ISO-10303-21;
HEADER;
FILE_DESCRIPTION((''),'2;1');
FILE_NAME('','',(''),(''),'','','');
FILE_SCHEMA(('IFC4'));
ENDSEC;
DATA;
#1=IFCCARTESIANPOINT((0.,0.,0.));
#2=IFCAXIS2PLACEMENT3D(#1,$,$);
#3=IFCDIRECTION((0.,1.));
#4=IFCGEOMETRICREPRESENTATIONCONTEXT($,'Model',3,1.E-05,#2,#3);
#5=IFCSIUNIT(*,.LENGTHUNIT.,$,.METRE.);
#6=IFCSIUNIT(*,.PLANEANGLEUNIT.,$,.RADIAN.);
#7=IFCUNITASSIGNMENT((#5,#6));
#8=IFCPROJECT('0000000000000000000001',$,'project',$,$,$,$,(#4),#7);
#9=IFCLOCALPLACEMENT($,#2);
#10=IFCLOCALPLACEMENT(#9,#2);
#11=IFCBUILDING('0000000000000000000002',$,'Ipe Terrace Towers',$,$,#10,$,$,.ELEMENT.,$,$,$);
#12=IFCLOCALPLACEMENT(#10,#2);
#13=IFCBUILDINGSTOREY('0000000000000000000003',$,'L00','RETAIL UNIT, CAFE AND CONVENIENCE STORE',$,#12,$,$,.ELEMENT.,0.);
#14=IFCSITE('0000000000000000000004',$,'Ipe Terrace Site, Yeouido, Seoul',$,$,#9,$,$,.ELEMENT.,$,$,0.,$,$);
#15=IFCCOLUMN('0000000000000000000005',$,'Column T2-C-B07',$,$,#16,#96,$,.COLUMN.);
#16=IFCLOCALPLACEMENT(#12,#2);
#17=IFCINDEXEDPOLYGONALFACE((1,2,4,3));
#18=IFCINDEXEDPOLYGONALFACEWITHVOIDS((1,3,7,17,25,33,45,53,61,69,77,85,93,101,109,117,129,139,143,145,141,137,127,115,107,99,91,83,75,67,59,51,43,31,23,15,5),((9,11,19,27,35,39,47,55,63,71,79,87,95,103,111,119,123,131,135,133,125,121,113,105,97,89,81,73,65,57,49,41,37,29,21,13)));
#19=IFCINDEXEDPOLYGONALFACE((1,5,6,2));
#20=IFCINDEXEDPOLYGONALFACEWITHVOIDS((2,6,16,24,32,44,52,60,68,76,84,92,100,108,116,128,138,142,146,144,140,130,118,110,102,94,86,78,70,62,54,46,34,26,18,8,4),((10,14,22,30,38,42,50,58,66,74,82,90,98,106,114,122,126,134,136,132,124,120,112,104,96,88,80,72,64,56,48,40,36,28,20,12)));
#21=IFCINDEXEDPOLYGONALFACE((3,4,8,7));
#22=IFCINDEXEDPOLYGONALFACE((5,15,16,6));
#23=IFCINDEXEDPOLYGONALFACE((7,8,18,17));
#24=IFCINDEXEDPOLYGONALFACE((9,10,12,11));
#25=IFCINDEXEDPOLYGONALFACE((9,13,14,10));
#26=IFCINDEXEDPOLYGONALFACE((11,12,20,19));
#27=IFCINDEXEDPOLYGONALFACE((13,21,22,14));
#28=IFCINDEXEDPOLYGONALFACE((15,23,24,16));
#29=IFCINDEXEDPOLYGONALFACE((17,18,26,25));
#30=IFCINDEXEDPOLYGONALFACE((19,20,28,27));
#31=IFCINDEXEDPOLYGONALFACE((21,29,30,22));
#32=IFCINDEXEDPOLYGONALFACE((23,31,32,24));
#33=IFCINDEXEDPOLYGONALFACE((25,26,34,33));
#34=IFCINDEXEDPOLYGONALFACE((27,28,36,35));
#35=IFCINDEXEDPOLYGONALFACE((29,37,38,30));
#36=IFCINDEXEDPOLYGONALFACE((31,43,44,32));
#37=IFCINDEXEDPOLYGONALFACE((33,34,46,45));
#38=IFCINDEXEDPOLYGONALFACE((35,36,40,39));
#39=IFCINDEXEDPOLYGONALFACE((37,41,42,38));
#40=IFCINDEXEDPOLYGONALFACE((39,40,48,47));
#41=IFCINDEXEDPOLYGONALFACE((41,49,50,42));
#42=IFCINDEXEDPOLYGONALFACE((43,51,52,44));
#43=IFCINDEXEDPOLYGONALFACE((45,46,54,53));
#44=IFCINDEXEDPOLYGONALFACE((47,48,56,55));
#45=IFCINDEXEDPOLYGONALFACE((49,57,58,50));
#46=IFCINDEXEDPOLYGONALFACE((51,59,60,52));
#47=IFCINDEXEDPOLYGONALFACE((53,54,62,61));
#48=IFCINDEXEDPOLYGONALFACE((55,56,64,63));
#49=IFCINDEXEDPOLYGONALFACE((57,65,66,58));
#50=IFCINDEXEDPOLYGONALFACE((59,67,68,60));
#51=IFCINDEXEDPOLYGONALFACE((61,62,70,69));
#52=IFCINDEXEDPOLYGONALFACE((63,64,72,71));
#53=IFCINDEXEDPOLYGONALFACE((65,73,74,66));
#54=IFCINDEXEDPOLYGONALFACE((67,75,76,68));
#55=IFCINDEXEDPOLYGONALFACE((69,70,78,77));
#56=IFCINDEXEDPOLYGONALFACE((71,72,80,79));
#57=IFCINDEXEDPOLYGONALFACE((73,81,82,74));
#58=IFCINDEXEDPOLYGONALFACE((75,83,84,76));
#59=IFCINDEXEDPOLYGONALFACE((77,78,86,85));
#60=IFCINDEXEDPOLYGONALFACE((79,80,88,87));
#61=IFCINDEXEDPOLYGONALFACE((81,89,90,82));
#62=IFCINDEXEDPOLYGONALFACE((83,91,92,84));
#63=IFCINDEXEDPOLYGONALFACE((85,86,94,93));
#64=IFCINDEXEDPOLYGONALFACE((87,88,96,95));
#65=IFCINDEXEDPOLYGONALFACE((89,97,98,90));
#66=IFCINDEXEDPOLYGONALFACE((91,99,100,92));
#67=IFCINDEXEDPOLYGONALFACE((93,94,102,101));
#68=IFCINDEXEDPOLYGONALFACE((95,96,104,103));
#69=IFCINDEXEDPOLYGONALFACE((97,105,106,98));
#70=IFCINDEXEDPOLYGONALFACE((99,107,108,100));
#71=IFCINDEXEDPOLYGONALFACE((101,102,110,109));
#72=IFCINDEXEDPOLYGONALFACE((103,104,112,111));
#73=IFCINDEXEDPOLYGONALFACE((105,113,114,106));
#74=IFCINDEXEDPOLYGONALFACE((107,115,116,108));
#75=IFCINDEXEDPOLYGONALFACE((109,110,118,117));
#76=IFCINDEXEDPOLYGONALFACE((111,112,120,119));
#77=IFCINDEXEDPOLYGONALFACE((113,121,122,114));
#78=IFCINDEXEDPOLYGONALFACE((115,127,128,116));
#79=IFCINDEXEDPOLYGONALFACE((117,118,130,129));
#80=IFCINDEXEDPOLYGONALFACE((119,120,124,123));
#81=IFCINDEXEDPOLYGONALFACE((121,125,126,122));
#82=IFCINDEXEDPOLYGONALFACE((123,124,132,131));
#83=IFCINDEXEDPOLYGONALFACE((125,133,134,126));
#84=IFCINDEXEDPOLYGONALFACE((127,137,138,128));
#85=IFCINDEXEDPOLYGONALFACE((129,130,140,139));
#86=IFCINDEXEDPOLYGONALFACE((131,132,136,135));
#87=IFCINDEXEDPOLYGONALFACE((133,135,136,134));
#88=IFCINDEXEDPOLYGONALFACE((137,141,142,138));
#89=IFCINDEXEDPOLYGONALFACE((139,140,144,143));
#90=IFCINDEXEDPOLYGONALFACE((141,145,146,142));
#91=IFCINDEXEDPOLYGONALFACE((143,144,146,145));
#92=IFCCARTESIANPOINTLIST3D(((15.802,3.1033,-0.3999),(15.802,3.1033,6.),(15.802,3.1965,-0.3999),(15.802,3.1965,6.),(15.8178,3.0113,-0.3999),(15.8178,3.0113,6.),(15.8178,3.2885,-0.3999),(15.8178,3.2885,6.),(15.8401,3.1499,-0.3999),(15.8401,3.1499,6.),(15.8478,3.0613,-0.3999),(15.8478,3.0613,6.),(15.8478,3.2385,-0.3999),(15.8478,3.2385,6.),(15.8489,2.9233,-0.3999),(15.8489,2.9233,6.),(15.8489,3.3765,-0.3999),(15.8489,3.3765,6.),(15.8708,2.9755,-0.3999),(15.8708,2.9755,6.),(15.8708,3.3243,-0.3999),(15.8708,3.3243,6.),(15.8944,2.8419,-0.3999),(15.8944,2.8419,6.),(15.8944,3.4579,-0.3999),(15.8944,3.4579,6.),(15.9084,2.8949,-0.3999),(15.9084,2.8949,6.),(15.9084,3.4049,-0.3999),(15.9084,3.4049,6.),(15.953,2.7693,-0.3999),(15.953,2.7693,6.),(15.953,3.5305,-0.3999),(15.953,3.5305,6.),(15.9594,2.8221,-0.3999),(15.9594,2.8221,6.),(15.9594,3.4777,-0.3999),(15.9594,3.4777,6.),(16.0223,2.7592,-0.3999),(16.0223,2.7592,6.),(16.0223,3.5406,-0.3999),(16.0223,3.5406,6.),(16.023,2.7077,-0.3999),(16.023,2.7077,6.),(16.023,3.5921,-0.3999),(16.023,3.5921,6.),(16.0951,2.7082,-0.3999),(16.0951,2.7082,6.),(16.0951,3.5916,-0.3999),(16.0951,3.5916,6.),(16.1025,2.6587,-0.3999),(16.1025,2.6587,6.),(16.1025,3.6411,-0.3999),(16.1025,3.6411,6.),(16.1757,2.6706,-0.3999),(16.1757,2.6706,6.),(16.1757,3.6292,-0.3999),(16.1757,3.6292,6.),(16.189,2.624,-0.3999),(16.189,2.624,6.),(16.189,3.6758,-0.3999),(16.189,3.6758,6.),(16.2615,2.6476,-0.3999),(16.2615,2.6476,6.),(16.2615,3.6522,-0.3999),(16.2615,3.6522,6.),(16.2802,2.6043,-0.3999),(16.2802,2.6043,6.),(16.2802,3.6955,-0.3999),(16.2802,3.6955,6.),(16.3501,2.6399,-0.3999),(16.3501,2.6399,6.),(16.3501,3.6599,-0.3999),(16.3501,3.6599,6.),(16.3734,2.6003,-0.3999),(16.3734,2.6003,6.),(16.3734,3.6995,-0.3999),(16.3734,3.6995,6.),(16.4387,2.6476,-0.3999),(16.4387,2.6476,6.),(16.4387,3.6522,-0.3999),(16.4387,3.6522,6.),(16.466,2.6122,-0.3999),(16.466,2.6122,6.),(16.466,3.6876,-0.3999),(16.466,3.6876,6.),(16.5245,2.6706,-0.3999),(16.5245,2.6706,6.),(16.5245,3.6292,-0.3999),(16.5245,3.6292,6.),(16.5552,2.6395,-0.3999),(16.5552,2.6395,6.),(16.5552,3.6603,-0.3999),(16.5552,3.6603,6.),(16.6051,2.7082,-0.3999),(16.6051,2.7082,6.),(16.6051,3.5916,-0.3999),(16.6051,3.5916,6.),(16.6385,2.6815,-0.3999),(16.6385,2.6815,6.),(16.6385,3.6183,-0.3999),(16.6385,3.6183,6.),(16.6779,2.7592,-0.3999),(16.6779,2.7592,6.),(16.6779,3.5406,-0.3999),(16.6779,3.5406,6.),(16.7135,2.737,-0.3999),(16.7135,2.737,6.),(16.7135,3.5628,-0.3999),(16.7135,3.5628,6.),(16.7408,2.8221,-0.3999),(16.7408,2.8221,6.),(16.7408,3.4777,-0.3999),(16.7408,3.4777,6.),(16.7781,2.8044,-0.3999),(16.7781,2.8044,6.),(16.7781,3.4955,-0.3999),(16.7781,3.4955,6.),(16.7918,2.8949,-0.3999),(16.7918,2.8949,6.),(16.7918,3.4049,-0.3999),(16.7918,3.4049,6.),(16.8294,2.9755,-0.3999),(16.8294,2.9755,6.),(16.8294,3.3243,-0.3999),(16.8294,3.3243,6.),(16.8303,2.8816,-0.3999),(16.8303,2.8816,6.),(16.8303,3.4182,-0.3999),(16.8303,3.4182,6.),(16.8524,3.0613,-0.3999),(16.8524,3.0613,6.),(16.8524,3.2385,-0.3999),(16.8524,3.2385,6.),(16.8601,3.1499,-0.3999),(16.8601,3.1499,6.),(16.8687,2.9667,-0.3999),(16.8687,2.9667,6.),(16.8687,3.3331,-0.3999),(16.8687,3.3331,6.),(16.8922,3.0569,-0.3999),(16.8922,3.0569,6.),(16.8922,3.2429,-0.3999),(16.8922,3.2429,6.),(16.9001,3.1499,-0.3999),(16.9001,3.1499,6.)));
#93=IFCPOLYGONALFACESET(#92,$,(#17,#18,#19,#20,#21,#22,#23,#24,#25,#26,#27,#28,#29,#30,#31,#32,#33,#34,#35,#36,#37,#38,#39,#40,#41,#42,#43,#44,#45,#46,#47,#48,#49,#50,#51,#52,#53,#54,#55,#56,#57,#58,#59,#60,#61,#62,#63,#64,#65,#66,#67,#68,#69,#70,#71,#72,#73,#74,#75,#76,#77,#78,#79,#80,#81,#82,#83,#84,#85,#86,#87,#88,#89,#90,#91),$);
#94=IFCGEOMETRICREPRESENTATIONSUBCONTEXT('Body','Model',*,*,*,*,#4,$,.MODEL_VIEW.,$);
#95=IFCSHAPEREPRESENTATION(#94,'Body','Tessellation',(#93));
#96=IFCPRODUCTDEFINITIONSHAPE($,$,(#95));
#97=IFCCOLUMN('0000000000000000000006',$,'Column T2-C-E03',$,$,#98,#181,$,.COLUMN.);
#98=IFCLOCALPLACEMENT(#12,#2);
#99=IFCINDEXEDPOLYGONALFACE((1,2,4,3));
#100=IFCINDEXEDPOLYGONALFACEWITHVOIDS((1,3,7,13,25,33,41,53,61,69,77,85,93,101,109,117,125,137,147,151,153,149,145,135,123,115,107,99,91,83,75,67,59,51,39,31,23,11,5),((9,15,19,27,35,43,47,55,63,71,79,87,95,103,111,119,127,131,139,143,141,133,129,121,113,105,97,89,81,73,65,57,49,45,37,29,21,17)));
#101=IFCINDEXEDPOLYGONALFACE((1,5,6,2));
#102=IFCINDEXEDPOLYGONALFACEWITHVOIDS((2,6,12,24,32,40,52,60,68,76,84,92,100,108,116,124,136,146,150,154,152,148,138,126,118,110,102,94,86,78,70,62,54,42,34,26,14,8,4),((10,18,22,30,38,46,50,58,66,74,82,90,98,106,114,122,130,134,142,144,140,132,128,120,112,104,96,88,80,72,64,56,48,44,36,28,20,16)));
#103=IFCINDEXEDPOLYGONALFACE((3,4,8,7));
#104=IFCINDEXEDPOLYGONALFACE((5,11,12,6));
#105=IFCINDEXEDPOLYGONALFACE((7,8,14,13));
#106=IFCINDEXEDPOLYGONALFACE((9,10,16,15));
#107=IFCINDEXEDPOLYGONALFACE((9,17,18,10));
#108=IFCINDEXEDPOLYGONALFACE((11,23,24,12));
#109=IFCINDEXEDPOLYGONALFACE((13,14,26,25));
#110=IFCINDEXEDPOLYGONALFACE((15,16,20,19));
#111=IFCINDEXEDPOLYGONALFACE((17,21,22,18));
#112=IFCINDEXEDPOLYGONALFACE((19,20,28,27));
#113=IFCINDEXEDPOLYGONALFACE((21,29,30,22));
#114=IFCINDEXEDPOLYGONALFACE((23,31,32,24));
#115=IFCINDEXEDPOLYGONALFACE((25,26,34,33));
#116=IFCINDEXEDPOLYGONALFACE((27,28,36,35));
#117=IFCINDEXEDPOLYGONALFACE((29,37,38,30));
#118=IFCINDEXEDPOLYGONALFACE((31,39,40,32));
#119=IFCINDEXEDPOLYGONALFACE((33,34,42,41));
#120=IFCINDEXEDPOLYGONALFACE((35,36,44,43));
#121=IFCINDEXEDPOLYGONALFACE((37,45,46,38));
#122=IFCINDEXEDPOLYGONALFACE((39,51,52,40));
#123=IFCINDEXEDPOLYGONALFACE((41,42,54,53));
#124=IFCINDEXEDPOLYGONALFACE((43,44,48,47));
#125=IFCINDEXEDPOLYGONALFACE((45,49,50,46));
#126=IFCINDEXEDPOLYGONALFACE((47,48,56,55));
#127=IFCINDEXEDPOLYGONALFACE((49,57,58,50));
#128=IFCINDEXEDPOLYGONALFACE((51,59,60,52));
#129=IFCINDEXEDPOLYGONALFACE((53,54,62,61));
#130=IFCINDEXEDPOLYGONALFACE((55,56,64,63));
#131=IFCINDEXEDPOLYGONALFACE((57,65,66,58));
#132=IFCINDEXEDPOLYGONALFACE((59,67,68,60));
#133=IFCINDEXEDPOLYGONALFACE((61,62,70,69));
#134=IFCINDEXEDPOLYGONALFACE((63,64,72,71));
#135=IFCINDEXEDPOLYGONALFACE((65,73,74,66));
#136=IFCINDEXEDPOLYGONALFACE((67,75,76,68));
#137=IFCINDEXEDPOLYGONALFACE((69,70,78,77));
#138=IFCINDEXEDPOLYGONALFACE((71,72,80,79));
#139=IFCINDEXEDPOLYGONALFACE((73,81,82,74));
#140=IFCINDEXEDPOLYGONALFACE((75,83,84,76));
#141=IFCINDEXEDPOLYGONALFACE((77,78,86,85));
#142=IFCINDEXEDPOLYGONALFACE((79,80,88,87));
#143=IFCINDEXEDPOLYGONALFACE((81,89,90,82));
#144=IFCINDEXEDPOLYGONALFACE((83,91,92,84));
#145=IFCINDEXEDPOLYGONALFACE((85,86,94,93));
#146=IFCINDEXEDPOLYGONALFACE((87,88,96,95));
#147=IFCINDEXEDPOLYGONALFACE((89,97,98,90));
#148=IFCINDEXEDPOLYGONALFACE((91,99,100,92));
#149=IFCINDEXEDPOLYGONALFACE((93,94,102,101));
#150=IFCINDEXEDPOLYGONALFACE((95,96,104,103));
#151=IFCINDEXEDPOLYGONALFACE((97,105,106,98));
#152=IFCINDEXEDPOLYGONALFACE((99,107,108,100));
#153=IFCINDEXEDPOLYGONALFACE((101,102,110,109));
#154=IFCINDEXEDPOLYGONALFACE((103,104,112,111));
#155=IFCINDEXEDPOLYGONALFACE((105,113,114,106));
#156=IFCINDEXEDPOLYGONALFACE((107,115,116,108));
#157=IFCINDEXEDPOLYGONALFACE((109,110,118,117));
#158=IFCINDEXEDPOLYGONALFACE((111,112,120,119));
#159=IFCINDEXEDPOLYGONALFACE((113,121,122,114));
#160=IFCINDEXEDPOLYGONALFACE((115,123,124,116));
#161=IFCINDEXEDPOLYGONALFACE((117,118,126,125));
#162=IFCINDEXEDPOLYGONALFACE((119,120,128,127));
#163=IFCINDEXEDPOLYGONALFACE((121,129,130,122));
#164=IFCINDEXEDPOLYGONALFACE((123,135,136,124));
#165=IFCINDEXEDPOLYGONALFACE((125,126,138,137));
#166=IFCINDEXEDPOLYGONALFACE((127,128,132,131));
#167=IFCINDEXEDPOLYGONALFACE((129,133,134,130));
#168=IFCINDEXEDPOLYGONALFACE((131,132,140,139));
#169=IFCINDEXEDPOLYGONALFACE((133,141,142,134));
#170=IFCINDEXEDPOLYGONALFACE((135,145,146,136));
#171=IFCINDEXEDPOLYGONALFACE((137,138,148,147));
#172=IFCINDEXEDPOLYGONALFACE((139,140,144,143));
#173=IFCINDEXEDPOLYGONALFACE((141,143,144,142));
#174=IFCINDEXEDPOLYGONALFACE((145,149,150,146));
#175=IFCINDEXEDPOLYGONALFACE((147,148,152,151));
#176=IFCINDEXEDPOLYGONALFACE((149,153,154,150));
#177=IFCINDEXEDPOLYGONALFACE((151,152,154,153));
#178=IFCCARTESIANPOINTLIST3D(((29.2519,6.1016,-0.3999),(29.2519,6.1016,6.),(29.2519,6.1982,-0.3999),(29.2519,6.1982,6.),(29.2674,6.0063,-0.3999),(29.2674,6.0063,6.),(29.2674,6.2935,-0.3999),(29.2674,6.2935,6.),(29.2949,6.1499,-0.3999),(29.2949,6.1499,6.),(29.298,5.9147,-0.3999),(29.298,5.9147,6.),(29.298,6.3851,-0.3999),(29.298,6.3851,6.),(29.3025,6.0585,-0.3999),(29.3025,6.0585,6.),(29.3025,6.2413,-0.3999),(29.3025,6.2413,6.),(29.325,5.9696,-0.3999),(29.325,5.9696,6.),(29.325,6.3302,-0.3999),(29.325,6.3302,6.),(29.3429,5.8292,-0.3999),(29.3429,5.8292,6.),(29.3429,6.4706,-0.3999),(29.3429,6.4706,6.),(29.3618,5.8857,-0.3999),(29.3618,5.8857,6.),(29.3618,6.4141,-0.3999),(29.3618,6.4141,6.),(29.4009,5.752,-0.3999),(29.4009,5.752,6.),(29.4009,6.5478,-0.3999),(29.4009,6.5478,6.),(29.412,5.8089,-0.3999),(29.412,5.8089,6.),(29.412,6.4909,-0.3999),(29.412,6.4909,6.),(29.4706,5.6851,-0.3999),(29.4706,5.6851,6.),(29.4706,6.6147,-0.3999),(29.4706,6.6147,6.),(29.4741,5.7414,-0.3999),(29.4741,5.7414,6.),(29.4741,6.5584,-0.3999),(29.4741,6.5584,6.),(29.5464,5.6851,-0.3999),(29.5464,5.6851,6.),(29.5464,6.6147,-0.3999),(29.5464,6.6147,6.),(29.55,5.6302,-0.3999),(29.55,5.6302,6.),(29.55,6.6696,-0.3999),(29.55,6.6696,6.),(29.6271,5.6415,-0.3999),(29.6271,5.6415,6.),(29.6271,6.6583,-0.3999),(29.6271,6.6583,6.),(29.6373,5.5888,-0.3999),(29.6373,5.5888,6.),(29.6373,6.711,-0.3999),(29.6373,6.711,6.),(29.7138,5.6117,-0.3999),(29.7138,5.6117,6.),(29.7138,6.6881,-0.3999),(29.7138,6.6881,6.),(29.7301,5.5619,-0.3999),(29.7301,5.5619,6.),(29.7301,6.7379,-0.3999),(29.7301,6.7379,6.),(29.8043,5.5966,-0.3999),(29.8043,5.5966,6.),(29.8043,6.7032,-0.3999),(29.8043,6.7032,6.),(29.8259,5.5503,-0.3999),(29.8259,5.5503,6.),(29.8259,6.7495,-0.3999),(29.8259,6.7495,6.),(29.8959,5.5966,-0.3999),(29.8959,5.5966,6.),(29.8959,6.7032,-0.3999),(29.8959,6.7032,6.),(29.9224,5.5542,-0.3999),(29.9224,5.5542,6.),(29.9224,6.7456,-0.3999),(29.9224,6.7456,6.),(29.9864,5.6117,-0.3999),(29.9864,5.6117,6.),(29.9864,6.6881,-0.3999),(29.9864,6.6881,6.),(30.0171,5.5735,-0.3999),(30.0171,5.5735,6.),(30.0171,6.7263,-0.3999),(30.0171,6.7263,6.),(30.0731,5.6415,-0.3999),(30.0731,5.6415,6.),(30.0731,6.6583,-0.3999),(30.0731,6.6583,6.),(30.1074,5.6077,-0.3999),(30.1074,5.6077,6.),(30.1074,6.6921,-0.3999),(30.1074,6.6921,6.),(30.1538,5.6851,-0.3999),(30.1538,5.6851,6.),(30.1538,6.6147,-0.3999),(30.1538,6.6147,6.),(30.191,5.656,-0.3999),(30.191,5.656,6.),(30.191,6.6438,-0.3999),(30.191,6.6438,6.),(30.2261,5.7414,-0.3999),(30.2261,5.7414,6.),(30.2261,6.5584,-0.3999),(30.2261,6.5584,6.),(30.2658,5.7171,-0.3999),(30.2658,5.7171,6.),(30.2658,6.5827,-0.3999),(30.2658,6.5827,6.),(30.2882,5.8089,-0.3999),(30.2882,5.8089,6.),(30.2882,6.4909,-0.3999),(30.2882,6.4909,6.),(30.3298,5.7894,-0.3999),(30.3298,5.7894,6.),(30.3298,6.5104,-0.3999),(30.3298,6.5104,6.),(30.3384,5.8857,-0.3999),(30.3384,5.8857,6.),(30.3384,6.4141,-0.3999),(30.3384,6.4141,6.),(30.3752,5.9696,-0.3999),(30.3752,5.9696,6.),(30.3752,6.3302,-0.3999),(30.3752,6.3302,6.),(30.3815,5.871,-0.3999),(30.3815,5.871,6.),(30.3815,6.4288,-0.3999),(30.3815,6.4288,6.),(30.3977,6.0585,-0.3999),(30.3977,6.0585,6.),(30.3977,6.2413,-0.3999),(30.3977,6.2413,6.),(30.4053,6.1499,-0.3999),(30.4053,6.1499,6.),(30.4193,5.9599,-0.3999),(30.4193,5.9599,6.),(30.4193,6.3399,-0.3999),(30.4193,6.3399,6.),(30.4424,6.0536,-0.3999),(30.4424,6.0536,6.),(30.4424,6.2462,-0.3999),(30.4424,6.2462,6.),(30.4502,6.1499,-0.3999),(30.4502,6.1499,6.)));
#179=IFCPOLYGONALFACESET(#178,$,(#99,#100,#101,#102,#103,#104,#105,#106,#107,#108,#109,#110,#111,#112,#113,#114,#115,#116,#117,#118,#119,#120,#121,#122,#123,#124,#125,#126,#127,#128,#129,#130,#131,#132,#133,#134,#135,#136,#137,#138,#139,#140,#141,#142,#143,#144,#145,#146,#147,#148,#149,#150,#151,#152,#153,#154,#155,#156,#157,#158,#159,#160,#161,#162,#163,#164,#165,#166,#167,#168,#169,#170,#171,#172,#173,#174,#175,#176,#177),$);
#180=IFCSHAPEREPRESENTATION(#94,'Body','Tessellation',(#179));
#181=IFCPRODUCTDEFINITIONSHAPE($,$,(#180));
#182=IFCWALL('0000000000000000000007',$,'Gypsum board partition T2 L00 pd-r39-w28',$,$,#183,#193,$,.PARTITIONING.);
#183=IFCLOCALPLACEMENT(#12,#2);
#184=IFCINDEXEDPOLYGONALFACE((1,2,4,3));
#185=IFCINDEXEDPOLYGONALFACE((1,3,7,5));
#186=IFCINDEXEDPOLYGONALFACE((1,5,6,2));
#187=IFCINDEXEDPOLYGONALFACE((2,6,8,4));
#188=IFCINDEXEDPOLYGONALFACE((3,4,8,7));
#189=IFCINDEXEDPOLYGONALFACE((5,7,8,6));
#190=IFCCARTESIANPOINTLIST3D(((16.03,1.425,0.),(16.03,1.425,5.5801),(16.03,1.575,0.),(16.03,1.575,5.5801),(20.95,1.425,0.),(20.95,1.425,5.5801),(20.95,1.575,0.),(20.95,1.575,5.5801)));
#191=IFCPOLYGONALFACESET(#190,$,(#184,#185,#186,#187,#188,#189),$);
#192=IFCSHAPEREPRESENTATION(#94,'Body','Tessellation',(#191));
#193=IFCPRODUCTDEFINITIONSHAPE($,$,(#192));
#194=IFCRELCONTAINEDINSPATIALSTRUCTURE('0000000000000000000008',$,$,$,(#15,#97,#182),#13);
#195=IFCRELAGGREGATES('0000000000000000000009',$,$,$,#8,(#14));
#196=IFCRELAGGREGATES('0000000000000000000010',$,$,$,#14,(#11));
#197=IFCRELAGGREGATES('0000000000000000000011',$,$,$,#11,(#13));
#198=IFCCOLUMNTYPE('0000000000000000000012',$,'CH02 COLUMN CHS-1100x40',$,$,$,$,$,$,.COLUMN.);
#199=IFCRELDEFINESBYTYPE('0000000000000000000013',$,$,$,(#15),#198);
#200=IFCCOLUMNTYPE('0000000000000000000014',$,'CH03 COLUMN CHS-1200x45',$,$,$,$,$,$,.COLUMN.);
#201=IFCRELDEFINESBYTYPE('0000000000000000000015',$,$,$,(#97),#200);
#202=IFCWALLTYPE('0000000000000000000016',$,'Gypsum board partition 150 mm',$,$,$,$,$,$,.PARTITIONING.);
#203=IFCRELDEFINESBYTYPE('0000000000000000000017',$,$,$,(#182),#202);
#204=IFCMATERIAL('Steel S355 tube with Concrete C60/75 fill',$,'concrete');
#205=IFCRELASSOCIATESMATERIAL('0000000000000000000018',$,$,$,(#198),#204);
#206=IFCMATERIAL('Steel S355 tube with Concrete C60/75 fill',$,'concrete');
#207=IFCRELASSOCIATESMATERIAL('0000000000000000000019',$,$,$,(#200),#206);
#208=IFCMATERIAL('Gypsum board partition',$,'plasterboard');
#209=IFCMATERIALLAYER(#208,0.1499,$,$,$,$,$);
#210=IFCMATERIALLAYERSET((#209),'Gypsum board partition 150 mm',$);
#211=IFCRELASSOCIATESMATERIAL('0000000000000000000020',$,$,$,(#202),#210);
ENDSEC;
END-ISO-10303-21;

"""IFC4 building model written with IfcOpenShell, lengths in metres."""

from ifc_helpers import new_model, si_unit, direction, frame, frame_2d, origin, origin_2d, place, context, subcontext, project, spatial, rectangle, hollow_circle, extrude, material, layer, layer_set, material_profile, profile_set, type_object, element, save


model = new_model("IFC4")

# Units and contexts
model_context = context("Model", 3, precision=1e-05, world=origin(), true_north=direction((0.0, 1.0)))
body_context = subcontext(model_context, "Body", "Model", "MODEL_VIEW")
ifc_project = project(units=[si_unit("LENGTHUNIT", "METRE"), si_unit("PLANEANGLEUNIT", "RADIAN")], contexts=[model_context])

# Site, building, storey
site_placement = place(None, origin())
site = spatial("IfcSite", under=ifc_project, at=site_placement, Name="Ipe Terrace Site, Yeouido, Seoul", CompositionType="ELEMENT", RefElevation=0.0)
building_placement = place(site_placement, origin())
building = spatial("IfcBuilding", under=site, at=building_placement, Name="Ipe Terrace Towers", CompositionType="ELEMENT")
storey_placement = place(building_placement, origin())
storey = spatial("IfcBuildingStorey", under=building, at=storey_placement, Name="L00", Description="RETAIL UNIT, CAFE AND CONVENIENCE STORE", CompositionType="ELEMENT", Elevation=0.0)

# Columns
ifc_material_1 = material(Name="Steel S355 tube with Concrete C60/75 fill", Category="concrete")
ifc_material_profile_1 = material_profile(ifc_material_1, hollow_circle(Radius=0.55, WallThickness=0.04, at=origin_2d()), Name="CHS-1100x40")
ifc_profile_set_1 = profile_set([ifc_material_profile_1], Name="Steel S355 tube with Concrete C60/75 fill")
column_type_1 = type_object("IfcColumnType", Name="CH02 COLUMN CHS-1100x40", PredefinedType="COLUMN", material=ifc_profile_set_1)
for number, where, z_axis, x_axis, name in (
    (1, (16.3501, 3.1499, -0.3999), (0.0, 0.0, 1.0), (1.0, 0.0, 0.0), "Column T2-C-B07"),
):
    element("IfcColumn", number, at=place(storey_placement, frame(where, z_axis=z_axis, x_axis=x_axis)), inside=storey, type_object=column_type_1, Name=name, PredefinedType="COLUMN", context=body_context, shape_type="SweptSolid", body=[
        extrude(hollow_circle(Radius=0.55, WallThickness=0.04, at=origin_2d()), origin(), (0.0, 0.0, 1.0), 6.3999),
    ])
ifc_material_2 = material(Name="Steel S355 tube with Concrete C60/75 fill", Category="concrete")
ifc_material_profile_2 = material_profile(ifc_material_2, hollow_circle(Radius=0.6001, WallThickness=0.0449, at=origin_2d()), Name="CHS-1200x45")
ifc_profile_set_2 = profile_set([ifc_material_profile_2], Name="Steel S355 tube with Concrete C60/75 fill")
column_type_2 = type_object("IfcColumnType", Name="CH03 COLUMN CHS-1200x45", PredefinedType="COLUMN", material=ifc_profile_set_2)
column_placement = place(storey_placement, frame((29.8501, 6.1499, -0.3999), z_axis=(0.0, 0.0, 1.0), x_axis=(1.0, 0.0, 0.0)))
element("IfcColumn", 2, at=column_placement, inside=storey, type_object=column_type_2, Name="Column T2-C-E03", PredefinedType="COLUMN", context=body_context, shape_type="SweptSolid", body=[
    extrude(hollow_circle(Radius=0.6001, WallThickness=0.0449, at=origin_2d()), origin(), (0.0, 0.0, 1.0), 6.3999),
])

# Wall
ifc_material_3 = material(Name="Gypsum board partition", Category="plasterboard")
ifc_layer_1 = layer(ifc_material_3, 0.1499)
ifc_layer_set_1 = layer_set([ifc_layer_1], Name="Gypsum board partition 150 mm")
wall_type_1 = type_object("IfcWallType", Name="Gypsum board partition 150 mm", PredefinedType="PARTITIONING", material=ifc_layer_set_1)
wall_1_placement = place(storey_placement, frame((20.95, 1.5, 0.0), z_axis=(0.0, 0.0, 1.0), x_axis=(-1.0, 0.0, 0.0)))
element("IfcWall", 3, at=wall_1_placement, inside=storey, type_object=wall_type_1, Name="Gypsum board partition T2 L00 pd-r39-w28", PredefinedType="PARTITIONING", context=body_context, shape_type="SweptSolid", body=[
    extrude(rectangle(XDim=4.9199, YDim=0.1499, at=frame_2d((2.46, 0.0))), origin(), (0.0, 0.0, 1.0), 5.5801),
])

save(model, "model.ifc")
